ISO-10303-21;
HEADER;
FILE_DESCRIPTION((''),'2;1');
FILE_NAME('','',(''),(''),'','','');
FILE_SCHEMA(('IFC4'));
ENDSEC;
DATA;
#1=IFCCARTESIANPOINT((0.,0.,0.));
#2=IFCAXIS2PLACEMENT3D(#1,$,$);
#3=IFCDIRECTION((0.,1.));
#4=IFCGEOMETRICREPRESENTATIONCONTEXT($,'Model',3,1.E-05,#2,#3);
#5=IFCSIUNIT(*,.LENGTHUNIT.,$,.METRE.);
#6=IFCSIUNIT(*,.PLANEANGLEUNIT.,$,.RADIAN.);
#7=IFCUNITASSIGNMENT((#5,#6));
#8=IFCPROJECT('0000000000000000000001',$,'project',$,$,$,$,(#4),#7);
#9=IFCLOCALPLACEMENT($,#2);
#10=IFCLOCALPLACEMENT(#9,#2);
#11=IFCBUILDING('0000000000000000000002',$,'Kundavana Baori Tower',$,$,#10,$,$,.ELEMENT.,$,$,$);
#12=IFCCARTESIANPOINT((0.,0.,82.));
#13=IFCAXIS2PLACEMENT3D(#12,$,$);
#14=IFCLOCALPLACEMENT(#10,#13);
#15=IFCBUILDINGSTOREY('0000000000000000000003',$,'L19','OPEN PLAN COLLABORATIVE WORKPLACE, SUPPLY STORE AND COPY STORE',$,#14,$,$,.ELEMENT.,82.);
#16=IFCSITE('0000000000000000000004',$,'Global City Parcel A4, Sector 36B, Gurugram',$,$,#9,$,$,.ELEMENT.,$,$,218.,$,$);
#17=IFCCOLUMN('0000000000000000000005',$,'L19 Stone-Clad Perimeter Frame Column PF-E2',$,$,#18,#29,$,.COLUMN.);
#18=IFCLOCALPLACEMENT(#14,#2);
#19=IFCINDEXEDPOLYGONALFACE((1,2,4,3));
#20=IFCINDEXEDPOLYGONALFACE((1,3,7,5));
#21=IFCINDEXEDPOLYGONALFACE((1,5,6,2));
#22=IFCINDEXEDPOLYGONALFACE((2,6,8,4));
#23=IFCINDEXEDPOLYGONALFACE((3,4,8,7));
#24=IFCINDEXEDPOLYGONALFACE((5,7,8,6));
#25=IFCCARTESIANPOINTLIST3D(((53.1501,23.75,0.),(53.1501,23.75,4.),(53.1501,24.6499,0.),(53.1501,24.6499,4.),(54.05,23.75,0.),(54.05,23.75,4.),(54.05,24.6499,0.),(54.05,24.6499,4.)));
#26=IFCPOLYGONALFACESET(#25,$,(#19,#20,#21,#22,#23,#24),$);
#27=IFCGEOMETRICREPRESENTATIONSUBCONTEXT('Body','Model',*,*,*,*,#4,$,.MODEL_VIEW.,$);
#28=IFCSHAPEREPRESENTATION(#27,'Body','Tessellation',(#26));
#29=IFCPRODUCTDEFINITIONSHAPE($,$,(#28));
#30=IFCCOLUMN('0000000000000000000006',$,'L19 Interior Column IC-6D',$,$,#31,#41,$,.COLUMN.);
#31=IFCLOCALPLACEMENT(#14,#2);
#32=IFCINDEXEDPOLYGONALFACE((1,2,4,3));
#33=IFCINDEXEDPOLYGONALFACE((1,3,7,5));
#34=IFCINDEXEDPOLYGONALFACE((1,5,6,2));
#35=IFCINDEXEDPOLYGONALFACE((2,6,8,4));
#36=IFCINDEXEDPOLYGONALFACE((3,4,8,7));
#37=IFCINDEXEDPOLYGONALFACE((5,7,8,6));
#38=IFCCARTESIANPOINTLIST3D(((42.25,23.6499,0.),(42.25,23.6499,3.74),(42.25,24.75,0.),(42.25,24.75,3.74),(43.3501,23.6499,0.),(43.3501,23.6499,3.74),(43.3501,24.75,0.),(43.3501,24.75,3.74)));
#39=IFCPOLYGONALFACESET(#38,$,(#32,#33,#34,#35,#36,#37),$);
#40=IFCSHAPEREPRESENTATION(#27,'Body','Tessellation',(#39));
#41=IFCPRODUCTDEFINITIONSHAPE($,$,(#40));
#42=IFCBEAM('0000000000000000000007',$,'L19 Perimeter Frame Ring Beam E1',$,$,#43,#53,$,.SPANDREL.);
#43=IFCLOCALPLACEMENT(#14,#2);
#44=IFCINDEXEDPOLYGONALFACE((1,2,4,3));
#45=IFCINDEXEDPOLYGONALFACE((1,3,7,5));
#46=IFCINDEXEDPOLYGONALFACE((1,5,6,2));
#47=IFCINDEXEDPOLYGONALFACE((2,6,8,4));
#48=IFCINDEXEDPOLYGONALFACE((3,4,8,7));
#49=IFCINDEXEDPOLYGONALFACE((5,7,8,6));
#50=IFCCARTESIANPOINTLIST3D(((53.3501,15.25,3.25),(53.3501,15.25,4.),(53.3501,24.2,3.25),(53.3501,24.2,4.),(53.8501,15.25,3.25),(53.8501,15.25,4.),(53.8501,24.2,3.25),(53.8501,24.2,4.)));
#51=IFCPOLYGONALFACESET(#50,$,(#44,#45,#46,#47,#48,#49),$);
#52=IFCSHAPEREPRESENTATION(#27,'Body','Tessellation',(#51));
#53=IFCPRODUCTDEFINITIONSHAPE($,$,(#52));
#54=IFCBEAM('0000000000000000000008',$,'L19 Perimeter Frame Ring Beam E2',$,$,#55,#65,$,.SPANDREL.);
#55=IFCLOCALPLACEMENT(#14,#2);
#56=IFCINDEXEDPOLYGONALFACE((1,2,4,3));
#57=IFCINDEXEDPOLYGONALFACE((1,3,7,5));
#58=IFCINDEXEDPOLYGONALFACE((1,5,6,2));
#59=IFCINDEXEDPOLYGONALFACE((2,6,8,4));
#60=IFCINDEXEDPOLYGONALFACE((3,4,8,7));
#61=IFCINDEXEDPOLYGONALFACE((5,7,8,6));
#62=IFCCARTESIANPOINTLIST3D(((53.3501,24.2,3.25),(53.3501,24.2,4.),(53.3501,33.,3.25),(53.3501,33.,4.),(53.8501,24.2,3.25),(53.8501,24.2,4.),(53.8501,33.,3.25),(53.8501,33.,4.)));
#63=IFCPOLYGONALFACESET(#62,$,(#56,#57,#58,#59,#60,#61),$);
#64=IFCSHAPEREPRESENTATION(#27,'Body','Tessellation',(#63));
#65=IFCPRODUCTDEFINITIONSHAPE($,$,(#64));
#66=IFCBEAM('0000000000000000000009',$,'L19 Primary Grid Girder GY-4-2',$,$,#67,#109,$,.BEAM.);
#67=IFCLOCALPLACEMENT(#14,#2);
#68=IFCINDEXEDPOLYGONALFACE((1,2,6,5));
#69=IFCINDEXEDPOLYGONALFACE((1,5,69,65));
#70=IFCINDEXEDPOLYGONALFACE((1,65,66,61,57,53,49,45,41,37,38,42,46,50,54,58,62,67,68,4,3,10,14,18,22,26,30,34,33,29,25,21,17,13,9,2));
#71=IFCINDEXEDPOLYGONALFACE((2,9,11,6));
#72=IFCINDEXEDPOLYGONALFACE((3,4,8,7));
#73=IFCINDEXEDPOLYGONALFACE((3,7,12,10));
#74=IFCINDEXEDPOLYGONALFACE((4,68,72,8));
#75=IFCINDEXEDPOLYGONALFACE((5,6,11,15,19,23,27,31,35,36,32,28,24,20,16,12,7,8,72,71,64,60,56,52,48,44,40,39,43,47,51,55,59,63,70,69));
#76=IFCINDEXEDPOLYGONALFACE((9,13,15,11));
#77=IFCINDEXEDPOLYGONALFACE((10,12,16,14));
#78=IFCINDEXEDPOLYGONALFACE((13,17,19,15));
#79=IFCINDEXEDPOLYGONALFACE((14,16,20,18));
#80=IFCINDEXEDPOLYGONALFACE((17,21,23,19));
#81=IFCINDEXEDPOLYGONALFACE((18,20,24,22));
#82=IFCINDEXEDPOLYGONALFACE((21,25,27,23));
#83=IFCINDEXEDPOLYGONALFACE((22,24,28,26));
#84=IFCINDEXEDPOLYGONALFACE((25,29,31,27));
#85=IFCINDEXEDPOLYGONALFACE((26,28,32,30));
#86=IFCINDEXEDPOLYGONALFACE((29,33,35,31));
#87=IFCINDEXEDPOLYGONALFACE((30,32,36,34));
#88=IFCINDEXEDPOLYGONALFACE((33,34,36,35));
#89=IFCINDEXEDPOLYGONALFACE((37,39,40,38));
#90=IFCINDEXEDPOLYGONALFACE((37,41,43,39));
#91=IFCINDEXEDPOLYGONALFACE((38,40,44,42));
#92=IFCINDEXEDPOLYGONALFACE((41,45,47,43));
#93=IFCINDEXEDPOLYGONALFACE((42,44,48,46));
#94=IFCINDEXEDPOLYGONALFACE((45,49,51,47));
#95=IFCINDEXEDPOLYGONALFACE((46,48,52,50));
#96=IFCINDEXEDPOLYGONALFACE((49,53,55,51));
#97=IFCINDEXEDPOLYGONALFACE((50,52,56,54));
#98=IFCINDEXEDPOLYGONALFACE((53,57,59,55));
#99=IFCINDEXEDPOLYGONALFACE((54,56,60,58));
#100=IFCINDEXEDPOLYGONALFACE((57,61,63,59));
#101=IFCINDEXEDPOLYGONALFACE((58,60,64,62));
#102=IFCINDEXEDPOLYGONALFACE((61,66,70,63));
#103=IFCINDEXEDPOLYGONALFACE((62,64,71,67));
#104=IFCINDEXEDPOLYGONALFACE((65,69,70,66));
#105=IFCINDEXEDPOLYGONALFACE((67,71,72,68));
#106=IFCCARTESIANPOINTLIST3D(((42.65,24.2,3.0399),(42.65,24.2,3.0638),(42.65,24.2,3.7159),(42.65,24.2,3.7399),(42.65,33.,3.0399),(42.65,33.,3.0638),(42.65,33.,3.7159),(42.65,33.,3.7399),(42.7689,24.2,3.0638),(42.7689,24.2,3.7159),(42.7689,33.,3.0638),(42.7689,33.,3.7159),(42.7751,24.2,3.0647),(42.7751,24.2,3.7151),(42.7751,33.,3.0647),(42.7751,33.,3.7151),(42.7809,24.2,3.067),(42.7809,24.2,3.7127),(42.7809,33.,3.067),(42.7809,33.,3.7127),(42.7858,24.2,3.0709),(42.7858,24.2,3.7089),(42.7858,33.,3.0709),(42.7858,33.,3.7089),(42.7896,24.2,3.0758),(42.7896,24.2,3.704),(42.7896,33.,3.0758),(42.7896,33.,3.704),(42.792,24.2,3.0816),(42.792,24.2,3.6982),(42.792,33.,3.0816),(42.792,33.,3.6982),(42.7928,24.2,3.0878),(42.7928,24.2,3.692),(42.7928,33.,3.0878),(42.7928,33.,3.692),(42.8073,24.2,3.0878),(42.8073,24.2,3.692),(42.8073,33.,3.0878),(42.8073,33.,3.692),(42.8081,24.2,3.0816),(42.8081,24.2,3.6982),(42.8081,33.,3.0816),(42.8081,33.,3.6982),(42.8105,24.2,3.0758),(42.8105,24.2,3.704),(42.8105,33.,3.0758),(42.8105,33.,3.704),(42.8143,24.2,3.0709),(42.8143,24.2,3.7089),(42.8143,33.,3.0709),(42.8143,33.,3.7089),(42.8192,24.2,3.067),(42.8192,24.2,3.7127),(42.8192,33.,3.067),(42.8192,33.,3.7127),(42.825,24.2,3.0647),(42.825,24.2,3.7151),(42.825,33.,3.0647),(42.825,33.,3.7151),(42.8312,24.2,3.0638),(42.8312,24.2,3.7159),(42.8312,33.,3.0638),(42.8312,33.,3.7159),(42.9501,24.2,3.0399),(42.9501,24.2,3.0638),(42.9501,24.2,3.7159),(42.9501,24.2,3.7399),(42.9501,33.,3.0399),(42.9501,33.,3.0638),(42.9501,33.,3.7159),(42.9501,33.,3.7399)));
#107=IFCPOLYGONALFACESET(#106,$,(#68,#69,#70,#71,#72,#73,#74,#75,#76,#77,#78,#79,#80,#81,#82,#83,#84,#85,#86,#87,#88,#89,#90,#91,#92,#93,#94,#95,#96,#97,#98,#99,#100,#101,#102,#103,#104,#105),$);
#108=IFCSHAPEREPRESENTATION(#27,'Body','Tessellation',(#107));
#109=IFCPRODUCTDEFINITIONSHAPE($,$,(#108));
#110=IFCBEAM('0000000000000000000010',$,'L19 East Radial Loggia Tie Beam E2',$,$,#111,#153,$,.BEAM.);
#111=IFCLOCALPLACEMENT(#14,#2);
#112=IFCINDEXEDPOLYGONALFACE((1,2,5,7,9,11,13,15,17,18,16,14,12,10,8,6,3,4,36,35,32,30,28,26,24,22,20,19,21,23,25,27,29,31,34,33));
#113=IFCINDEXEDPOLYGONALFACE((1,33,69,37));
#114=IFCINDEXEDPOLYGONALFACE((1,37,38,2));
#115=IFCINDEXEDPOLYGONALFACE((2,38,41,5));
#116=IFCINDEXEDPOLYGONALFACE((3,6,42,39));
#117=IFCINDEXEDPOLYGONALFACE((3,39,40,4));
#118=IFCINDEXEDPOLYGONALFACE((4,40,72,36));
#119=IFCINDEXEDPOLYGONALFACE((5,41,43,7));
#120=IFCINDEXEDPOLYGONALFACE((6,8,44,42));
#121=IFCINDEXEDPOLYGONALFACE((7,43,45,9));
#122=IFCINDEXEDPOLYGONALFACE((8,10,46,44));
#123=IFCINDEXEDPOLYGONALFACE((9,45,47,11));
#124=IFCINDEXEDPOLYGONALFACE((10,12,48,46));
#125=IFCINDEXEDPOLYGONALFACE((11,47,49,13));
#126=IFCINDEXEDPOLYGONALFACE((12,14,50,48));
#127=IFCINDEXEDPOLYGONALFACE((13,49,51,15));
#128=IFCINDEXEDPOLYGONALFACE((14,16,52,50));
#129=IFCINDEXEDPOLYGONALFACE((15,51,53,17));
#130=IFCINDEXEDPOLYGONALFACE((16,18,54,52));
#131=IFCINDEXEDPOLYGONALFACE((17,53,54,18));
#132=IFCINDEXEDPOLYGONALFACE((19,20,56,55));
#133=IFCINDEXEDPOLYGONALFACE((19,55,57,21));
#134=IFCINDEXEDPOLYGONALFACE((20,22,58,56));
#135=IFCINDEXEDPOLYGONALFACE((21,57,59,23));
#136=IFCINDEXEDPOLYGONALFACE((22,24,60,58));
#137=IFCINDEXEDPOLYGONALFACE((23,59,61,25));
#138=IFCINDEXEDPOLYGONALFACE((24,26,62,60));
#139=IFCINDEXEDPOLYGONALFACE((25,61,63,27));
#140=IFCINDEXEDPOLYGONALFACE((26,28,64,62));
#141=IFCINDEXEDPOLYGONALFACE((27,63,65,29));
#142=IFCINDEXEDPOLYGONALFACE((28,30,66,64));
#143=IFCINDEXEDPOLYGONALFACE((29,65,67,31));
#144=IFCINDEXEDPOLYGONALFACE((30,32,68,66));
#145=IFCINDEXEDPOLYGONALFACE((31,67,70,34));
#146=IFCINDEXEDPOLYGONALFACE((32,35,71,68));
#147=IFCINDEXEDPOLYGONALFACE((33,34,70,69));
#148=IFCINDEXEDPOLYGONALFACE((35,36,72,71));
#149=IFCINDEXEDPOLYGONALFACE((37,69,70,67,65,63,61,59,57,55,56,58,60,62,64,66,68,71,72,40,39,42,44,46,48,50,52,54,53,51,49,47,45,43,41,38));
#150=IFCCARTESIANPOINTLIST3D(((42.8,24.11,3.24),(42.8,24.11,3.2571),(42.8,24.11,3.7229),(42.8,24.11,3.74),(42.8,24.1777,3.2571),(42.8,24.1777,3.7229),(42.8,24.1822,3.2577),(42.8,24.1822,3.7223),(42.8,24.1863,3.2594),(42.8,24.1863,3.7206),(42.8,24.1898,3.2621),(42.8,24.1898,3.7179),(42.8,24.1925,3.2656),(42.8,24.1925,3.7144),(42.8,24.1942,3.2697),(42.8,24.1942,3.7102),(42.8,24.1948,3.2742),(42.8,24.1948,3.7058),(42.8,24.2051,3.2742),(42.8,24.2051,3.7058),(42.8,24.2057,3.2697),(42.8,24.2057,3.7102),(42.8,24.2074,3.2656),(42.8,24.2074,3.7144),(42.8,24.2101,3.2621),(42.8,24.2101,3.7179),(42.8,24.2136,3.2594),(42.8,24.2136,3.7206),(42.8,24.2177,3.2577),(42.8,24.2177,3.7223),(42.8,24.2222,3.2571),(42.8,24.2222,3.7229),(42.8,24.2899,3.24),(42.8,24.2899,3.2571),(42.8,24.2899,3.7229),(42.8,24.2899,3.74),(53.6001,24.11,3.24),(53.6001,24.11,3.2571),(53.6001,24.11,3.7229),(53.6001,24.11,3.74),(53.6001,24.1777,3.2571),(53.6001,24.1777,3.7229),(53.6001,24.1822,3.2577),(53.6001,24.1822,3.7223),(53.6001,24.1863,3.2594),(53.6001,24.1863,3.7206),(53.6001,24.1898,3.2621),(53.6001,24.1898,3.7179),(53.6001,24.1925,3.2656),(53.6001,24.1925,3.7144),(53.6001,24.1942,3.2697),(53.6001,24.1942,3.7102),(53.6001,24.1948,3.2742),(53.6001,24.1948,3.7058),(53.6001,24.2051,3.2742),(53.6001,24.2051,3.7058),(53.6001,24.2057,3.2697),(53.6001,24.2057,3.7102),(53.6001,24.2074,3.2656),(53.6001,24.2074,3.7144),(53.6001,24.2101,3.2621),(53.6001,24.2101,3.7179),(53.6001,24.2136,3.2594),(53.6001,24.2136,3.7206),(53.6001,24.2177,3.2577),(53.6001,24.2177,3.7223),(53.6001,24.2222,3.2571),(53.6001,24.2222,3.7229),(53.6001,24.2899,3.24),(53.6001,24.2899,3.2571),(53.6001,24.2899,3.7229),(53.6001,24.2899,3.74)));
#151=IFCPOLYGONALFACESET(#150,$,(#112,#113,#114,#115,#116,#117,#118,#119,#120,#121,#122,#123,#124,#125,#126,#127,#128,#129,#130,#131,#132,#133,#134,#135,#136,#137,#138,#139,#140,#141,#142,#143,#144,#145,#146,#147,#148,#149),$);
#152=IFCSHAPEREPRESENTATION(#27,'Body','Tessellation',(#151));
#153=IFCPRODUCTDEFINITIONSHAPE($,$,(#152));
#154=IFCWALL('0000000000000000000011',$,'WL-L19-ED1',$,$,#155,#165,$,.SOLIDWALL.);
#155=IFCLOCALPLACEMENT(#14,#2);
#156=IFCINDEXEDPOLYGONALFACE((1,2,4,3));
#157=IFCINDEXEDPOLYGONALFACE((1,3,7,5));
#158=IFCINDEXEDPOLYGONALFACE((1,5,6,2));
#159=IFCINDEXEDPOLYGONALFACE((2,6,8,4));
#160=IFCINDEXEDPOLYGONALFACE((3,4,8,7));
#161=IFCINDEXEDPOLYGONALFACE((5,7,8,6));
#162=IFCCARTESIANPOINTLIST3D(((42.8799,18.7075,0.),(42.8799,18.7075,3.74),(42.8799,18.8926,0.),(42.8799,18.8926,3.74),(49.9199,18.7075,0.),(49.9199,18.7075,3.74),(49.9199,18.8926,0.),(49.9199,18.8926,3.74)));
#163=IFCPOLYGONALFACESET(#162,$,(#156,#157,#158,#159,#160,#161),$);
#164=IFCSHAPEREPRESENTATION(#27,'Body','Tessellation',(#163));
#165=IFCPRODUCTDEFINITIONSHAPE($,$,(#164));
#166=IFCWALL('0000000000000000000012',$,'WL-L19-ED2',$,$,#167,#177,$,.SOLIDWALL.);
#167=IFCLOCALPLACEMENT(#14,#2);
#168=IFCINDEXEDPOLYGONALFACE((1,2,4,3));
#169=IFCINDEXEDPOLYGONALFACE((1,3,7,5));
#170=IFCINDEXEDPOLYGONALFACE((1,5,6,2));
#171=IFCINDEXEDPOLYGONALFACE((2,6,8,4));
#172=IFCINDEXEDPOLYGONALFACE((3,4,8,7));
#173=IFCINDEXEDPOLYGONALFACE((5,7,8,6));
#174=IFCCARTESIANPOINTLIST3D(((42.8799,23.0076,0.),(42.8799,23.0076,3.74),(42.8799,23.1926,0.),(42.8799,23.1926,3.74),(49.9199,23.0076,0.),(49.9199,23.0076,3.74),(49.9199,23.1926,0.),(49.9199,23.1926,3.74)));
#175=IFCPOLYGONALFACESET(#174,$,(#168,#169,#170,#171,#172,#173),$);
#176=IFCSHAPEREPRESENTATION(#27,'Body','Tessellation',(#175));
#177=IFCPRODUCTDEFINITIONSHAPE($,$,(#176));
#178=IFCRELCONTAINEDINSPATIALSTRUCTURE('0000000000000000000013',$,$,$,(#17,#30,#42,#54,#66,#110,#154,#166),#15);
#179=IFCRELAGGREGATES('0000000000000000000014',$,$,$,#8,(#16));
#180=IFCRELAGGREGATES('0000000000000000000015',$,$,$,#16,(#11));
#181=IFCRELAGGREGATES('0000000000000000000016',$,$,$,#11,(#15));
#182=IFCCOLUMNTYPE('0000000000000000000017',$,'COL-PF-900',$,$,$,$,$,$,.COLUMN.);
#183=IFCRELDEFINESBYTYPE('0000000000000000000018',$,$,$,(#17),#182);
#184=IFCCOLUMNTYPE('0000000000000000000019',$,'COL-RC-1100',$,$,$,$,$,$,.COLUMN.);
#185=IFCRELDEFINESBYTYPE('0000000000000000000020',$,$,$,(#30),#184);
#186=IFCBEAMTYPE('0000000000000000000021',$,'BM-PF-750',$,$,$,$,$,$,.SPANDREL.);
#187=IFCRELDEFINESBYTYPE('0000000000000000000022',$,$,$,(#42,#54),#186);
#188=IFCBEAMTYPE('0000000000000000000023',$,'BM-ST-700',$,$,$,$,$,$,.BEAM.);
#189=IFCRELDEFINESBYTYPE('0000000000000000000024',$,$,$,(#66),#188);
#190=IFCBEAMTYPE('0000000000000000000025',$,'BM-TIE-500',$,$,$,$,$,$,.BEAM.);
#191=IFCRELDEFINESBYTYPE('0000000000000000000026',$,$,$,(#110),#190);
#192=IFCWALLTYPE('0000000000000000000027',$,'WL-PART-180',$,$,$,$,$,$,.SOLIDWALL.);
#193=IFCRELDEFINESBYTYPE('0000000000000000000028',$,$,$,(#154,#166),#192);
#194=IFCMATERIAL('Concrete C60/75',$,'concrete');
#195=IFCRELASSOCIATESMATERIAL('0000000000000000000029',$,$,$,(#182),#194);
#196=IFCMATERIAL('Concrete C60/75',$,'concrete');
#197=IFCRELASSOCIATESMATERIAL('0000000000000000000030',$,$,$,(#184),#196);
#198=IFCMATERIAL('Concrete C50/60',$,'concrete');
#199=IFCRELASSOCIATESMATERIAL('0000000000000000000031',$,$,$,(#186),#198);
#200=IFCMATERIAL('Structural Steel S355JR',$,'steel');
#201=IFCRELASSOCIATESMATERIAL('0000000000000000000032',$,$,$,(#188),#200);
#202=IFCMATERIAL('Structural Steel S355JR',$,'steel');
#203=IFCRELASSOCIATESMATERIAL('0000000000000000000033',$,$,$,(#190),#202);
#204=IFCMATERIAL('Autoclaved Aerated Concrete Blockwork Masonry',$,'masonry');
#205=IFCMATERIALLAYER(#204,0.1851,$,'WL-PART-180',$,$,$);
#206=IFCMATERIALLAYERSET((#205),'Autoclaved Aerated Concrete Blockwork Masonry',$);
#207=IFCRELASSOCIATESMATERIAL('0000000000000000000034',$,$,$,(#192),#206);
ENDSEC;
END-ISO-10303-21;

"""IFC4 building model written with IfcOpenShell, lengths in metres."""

from ifc_helpers import new_model, si_unit, direction, frame, frame_2d, origin, origin_2d, place, context, subcontext, project, spatial, rectangle, i_section, extrude, material, layer, layer_set, material_profile, profile_set, type_object, element, save


model = new_model("IFC4")

# Units and contexts
model_context = context("Model", 3, precision=1e-05, world=origin(), true_north=direction((0.0, 1.0)))
body_context = subcontext(model_context, "Body", "Model", "MODEL_VIEW")
ifc_project = project(units=[si_unit("LENGTHUNIT", "METRE"), si_unit("PLANEANGLEUNIT", "RADIAN")], contexts=[model_context])

# Site, building, storey
site_placement = place(None, origin())
site = spatial("IfcSite", under=ifc_project, at=site_placement, Name="Global City Parcel A4, Sector 36B, Gurugram", CompositionType="ELEMENT", RefElevation=218.0)
building_placement = place(site_placement, origin())
building = spatial("IfcBuilding", under=site, at=building_placement, Name="Kundavana Baori Tower", CompositionType="ELEMENT")
storey_placement = place(building_placement, frame((0.0, 0.0, 82.0)))
storey = spatial("IfcBuildingStorey", under=building, at=storey_placement, Name="L19", Description="OPEN PLAN COLLABORATIVE WORKPLACE, SUPPLY STORE AND COPY STORE", CompositionType="ELEMENT", Elevation=82.0)

# Columns
ifc_material_1 = material(Name="Concrete C60/75", Category="concrete")
ifc_material_profile_1 = material_profile(ifc_material_1, rectangle(XDim=0.8999, YDim=0.8999, at=origin_2d()), Name="RC PF 900x900")
ifc_profile_set_1 = profile_set([ifc_material_profile_1], Name="Concrete C60/75")
column_type_1 = type_object("IfcColumnType", Name="COL-PF-900", PredefinedType="COLUMN", material=ifc_profile_set_1)
column_1_placement = place(storey_placement, frame((53.6001, 24.2, 0.0), z_axis=(0.0, 0.0, 1.0), x_axis=(1.0, 0.0, 0.0)))
element("IfcColumn", 1, at=column_1_placement, inside=storey, type_object=column_type_1, Name="L19 Stone-Clad Perimeter Frame Column PF-E2", PredefinedType="COLUMN", context=body_context, shape_type="SweptSolid", body=[
    extrude(rectangle(XDim=0.8999, YDim=0.8999, at=origin_2d()), origin(), (0.0, 0.0, 1.0), 4.0),
])
ifc_material_2 = material(Name="Concrete C60/75", Category="concrete")
ifc_material_profile_2 = material_profile(ifc_material_2, rectangle(XDim=1.1001, YDim=1.1001, at=origin_2d()), Name="RC 1100x1100")
ifc_profile_set_2 = profile_set([ifc_material_profile_2], Name="Concrete C60/75")
column_type_2 = type_object("IfcColumnType", Name="COL-RC-1100", PredefinedType="COLUMN", material=ifc_profile_set_2)
column_2_placement = place(storey_placement, frame((42.8, 24.2, 0.0), z_axis=(0.0, 0.0, 1.0), x_axis=(1.0, 0.0, 0.0)))
element("IfcColumn", 2, at=column_2_placement, inside=storey, type_object=column_type_2, Name="L19 Interior Column IC-6D", PredefinedType="COLUMN", context=body_context, shape_type="SweptSolid", body=[
    extrude(rectangle(XDim=1.1001, YDim=1.1001, at=origin_2d()), origin(), (0.0, 0.0, 1.0), 3.74),
])

# Beams
ifc_material_3 = material(Name="Concrete C50/60", Category="concrete")
ifc_material_profile_3 = material_profile(ifc_material_3, rectangle(XDim=0.5, YDim=0.75, at=origin_2d()), Name="RC BM 500x750")
ifc_profile_set_3 = profile_set([ifc_material_profile_3], Name="Concrete C50/60")
beam_type_1 = type_object("IfcBeamType", Name="BM-PF-750", PredefinedType="SPANDREL", material=ifc_profile_set_3)
beam_1_placement = place(storey_placement, frame((53.6001, 15.25, 3.625), z_axis=(0.0, 1.0, 0.0), x_axis=(-1.0, 0.0, 0.0)))
element("IfcBeam", 3, at=beam_1_placement, inside=storey, type_object=beam_type_1, Name="L19 Perimeter Frame Ring Beam E1", PredefinedType="SPANDREL", context=body_context, shape_type="SweptSolid", body=[
    extrude(rectangle(XDim=0.5, YDim=0.75, at=origin_2d()), origin(), (0.0, 0.0, 1.0), 8.95),
])
beam_2_placement = place(storey_placement, frame((53.6001, 24.2, 3.625), z_axis=(0.0, 1.0, 0.0), x_axis=(-1.0, 0.0, 0.0)))
element("IfcBeam", 4, at=beam_2_placement, inside=storey, type_object=beam_type_1, Name="L19 Perimeter Frame Ring Beam E2", PredefinedType="SPANDREL", context=body_context, shape_type="SweptSolid", body=[
    extrude(rectangle(XDim=0.5, YDim=0.75, at=origin_2d()), origin(), (0.0, 0.0, 1.0), 8.8),
])
ifc_material_4 = material(Name="Structural Steel S355JR", Category="steel")
ifc_material_profile_4 = material_profile(ifc_material_4, i_section(OverallWidth=0.3, OverallDepth=0.7, WebThickness=0.0144, FlangeThickness=0.0239, FilletRadius=0.0239, at=origin_2d()), Name="NPB 700x300x170")
ifc_profile_set_4 = profile_set([ifc_material_profile_4], Name="Structural Steel S355JR")
beam_type_2 = type_object("IfcBeamType", Name="BM-ST-700", PredefinedType="BEAM", material=ifc_profile_set_4)
beam_3_placement = place(storey_placement, frame((42.8, 24.2, 3.3899), z_axis=(0.0, 1.0, 0.0), x_axis=(-1.0, 0.0, 0.0)))
element("IfcBeam", 5, at=beam_3_placement, inside=storey, type_object=beam_type_2, Name="L19 Primary Grid Girder GY-4-2", PredefinedType="BEAM", context=body_context, shape_type="SweptSolid", body=[
    extrude(i_section(OverallWidth=0.3, OverallDepth=0.7, WebThickness=0.0144, FlangeThickness=0.0239, FilletRadius=0.0239, at=origin_2d()), origin(), (0.0, 0.0, 1.0), 8.8),
])
ifc_material_5 = material(Name="Structural Steel S355JR", Category="steel")
ifc_material_profile_5 = material_profile(ifc_material_5, i_section(OverallWidth=0.1799, OverallDepth=0.5, WebThickness=0.0103, FlangeThickness=0.0171, FilletRadius=0.0171, at=origin_2d()), Name="ISMB 500")
ifc_profile_set_5 = profile_set([ifc_material_profile_5], Name="Structural Steel S355JR")
beam_type_3 = type_object("IfcBeamType", Name="BM-TIE-500", PredefinedType="BEAM", material=ifc_profile_set_5)
beam_4_placement = place(storey_placement, frame((42.8, 24.2, 3.49), z_axis=(1.0, 0.0, 0.0), x_axis=(0.0, 1.0, 0.0)))
element("IfcBeam", 6, at=beam_4_placement, inside=storey, type_object=beam_type_3, Name="L19 East Radial Loggia Tie Beam E2", PredefinedType="BEAM", context=body_context, shape_type="SweptSolid", body=[
    extrude(i_section(OverallWidth=0.1799, OverallDepth=0.5, WebThickness=0.0103, FlangeThickness=0.0171, FilletRadius=0.0171, at=origin_2d()), origin(), (0.0, 0.0, 1.0), 10.8),
])

# Walls
ifc_material_6 = material(Name="Autoclaved Aerated Concrete Blockwork Masonry", Category="masonry")
ifc_layer = layer(ifc_material_6, 0.1851, Name="WL-PART-180")
ifc_layer_set = layer_set([ifc_layer], Name="Autoclaved Aerated Concrete Blockwork Masonry")
wall_type = type_object("IfcWallType", Name="WL-PART-180", PredefinedType="SOLIDWALL", material=ifc_layer_set)
for number, where, z_axis, x_axis, name in (
    (7, (42.8799, 18.8, 0.0), (0.0, 0.0, 1.0), (1.0, 0.0, 0.0), "WL-L19-ED1"),
    (8, (42.8799, 23.1001, 0.0), (0.0, 0.0, 1.0), (1.0, 0.0, 0.0), "WL-L19-ED2"),
):
    element("IfcWall", number, at=place(storey_placement, frame(where, z_axis=z_axis, x_axis=x_axis)), inside=storey, type_object=wall_type, Name=name, PredefinedType="SOLIDWALL", context=body_context, shape_type="SweptSolid", body=[
        extrude(rectangle(XDim=7.04, YDim=0.1851, at=frame_2d((3.52, 0.0))), origin(), (0.0, 0.0, 1.0), 3.74),
    ])

save(model, "model.ifc")
